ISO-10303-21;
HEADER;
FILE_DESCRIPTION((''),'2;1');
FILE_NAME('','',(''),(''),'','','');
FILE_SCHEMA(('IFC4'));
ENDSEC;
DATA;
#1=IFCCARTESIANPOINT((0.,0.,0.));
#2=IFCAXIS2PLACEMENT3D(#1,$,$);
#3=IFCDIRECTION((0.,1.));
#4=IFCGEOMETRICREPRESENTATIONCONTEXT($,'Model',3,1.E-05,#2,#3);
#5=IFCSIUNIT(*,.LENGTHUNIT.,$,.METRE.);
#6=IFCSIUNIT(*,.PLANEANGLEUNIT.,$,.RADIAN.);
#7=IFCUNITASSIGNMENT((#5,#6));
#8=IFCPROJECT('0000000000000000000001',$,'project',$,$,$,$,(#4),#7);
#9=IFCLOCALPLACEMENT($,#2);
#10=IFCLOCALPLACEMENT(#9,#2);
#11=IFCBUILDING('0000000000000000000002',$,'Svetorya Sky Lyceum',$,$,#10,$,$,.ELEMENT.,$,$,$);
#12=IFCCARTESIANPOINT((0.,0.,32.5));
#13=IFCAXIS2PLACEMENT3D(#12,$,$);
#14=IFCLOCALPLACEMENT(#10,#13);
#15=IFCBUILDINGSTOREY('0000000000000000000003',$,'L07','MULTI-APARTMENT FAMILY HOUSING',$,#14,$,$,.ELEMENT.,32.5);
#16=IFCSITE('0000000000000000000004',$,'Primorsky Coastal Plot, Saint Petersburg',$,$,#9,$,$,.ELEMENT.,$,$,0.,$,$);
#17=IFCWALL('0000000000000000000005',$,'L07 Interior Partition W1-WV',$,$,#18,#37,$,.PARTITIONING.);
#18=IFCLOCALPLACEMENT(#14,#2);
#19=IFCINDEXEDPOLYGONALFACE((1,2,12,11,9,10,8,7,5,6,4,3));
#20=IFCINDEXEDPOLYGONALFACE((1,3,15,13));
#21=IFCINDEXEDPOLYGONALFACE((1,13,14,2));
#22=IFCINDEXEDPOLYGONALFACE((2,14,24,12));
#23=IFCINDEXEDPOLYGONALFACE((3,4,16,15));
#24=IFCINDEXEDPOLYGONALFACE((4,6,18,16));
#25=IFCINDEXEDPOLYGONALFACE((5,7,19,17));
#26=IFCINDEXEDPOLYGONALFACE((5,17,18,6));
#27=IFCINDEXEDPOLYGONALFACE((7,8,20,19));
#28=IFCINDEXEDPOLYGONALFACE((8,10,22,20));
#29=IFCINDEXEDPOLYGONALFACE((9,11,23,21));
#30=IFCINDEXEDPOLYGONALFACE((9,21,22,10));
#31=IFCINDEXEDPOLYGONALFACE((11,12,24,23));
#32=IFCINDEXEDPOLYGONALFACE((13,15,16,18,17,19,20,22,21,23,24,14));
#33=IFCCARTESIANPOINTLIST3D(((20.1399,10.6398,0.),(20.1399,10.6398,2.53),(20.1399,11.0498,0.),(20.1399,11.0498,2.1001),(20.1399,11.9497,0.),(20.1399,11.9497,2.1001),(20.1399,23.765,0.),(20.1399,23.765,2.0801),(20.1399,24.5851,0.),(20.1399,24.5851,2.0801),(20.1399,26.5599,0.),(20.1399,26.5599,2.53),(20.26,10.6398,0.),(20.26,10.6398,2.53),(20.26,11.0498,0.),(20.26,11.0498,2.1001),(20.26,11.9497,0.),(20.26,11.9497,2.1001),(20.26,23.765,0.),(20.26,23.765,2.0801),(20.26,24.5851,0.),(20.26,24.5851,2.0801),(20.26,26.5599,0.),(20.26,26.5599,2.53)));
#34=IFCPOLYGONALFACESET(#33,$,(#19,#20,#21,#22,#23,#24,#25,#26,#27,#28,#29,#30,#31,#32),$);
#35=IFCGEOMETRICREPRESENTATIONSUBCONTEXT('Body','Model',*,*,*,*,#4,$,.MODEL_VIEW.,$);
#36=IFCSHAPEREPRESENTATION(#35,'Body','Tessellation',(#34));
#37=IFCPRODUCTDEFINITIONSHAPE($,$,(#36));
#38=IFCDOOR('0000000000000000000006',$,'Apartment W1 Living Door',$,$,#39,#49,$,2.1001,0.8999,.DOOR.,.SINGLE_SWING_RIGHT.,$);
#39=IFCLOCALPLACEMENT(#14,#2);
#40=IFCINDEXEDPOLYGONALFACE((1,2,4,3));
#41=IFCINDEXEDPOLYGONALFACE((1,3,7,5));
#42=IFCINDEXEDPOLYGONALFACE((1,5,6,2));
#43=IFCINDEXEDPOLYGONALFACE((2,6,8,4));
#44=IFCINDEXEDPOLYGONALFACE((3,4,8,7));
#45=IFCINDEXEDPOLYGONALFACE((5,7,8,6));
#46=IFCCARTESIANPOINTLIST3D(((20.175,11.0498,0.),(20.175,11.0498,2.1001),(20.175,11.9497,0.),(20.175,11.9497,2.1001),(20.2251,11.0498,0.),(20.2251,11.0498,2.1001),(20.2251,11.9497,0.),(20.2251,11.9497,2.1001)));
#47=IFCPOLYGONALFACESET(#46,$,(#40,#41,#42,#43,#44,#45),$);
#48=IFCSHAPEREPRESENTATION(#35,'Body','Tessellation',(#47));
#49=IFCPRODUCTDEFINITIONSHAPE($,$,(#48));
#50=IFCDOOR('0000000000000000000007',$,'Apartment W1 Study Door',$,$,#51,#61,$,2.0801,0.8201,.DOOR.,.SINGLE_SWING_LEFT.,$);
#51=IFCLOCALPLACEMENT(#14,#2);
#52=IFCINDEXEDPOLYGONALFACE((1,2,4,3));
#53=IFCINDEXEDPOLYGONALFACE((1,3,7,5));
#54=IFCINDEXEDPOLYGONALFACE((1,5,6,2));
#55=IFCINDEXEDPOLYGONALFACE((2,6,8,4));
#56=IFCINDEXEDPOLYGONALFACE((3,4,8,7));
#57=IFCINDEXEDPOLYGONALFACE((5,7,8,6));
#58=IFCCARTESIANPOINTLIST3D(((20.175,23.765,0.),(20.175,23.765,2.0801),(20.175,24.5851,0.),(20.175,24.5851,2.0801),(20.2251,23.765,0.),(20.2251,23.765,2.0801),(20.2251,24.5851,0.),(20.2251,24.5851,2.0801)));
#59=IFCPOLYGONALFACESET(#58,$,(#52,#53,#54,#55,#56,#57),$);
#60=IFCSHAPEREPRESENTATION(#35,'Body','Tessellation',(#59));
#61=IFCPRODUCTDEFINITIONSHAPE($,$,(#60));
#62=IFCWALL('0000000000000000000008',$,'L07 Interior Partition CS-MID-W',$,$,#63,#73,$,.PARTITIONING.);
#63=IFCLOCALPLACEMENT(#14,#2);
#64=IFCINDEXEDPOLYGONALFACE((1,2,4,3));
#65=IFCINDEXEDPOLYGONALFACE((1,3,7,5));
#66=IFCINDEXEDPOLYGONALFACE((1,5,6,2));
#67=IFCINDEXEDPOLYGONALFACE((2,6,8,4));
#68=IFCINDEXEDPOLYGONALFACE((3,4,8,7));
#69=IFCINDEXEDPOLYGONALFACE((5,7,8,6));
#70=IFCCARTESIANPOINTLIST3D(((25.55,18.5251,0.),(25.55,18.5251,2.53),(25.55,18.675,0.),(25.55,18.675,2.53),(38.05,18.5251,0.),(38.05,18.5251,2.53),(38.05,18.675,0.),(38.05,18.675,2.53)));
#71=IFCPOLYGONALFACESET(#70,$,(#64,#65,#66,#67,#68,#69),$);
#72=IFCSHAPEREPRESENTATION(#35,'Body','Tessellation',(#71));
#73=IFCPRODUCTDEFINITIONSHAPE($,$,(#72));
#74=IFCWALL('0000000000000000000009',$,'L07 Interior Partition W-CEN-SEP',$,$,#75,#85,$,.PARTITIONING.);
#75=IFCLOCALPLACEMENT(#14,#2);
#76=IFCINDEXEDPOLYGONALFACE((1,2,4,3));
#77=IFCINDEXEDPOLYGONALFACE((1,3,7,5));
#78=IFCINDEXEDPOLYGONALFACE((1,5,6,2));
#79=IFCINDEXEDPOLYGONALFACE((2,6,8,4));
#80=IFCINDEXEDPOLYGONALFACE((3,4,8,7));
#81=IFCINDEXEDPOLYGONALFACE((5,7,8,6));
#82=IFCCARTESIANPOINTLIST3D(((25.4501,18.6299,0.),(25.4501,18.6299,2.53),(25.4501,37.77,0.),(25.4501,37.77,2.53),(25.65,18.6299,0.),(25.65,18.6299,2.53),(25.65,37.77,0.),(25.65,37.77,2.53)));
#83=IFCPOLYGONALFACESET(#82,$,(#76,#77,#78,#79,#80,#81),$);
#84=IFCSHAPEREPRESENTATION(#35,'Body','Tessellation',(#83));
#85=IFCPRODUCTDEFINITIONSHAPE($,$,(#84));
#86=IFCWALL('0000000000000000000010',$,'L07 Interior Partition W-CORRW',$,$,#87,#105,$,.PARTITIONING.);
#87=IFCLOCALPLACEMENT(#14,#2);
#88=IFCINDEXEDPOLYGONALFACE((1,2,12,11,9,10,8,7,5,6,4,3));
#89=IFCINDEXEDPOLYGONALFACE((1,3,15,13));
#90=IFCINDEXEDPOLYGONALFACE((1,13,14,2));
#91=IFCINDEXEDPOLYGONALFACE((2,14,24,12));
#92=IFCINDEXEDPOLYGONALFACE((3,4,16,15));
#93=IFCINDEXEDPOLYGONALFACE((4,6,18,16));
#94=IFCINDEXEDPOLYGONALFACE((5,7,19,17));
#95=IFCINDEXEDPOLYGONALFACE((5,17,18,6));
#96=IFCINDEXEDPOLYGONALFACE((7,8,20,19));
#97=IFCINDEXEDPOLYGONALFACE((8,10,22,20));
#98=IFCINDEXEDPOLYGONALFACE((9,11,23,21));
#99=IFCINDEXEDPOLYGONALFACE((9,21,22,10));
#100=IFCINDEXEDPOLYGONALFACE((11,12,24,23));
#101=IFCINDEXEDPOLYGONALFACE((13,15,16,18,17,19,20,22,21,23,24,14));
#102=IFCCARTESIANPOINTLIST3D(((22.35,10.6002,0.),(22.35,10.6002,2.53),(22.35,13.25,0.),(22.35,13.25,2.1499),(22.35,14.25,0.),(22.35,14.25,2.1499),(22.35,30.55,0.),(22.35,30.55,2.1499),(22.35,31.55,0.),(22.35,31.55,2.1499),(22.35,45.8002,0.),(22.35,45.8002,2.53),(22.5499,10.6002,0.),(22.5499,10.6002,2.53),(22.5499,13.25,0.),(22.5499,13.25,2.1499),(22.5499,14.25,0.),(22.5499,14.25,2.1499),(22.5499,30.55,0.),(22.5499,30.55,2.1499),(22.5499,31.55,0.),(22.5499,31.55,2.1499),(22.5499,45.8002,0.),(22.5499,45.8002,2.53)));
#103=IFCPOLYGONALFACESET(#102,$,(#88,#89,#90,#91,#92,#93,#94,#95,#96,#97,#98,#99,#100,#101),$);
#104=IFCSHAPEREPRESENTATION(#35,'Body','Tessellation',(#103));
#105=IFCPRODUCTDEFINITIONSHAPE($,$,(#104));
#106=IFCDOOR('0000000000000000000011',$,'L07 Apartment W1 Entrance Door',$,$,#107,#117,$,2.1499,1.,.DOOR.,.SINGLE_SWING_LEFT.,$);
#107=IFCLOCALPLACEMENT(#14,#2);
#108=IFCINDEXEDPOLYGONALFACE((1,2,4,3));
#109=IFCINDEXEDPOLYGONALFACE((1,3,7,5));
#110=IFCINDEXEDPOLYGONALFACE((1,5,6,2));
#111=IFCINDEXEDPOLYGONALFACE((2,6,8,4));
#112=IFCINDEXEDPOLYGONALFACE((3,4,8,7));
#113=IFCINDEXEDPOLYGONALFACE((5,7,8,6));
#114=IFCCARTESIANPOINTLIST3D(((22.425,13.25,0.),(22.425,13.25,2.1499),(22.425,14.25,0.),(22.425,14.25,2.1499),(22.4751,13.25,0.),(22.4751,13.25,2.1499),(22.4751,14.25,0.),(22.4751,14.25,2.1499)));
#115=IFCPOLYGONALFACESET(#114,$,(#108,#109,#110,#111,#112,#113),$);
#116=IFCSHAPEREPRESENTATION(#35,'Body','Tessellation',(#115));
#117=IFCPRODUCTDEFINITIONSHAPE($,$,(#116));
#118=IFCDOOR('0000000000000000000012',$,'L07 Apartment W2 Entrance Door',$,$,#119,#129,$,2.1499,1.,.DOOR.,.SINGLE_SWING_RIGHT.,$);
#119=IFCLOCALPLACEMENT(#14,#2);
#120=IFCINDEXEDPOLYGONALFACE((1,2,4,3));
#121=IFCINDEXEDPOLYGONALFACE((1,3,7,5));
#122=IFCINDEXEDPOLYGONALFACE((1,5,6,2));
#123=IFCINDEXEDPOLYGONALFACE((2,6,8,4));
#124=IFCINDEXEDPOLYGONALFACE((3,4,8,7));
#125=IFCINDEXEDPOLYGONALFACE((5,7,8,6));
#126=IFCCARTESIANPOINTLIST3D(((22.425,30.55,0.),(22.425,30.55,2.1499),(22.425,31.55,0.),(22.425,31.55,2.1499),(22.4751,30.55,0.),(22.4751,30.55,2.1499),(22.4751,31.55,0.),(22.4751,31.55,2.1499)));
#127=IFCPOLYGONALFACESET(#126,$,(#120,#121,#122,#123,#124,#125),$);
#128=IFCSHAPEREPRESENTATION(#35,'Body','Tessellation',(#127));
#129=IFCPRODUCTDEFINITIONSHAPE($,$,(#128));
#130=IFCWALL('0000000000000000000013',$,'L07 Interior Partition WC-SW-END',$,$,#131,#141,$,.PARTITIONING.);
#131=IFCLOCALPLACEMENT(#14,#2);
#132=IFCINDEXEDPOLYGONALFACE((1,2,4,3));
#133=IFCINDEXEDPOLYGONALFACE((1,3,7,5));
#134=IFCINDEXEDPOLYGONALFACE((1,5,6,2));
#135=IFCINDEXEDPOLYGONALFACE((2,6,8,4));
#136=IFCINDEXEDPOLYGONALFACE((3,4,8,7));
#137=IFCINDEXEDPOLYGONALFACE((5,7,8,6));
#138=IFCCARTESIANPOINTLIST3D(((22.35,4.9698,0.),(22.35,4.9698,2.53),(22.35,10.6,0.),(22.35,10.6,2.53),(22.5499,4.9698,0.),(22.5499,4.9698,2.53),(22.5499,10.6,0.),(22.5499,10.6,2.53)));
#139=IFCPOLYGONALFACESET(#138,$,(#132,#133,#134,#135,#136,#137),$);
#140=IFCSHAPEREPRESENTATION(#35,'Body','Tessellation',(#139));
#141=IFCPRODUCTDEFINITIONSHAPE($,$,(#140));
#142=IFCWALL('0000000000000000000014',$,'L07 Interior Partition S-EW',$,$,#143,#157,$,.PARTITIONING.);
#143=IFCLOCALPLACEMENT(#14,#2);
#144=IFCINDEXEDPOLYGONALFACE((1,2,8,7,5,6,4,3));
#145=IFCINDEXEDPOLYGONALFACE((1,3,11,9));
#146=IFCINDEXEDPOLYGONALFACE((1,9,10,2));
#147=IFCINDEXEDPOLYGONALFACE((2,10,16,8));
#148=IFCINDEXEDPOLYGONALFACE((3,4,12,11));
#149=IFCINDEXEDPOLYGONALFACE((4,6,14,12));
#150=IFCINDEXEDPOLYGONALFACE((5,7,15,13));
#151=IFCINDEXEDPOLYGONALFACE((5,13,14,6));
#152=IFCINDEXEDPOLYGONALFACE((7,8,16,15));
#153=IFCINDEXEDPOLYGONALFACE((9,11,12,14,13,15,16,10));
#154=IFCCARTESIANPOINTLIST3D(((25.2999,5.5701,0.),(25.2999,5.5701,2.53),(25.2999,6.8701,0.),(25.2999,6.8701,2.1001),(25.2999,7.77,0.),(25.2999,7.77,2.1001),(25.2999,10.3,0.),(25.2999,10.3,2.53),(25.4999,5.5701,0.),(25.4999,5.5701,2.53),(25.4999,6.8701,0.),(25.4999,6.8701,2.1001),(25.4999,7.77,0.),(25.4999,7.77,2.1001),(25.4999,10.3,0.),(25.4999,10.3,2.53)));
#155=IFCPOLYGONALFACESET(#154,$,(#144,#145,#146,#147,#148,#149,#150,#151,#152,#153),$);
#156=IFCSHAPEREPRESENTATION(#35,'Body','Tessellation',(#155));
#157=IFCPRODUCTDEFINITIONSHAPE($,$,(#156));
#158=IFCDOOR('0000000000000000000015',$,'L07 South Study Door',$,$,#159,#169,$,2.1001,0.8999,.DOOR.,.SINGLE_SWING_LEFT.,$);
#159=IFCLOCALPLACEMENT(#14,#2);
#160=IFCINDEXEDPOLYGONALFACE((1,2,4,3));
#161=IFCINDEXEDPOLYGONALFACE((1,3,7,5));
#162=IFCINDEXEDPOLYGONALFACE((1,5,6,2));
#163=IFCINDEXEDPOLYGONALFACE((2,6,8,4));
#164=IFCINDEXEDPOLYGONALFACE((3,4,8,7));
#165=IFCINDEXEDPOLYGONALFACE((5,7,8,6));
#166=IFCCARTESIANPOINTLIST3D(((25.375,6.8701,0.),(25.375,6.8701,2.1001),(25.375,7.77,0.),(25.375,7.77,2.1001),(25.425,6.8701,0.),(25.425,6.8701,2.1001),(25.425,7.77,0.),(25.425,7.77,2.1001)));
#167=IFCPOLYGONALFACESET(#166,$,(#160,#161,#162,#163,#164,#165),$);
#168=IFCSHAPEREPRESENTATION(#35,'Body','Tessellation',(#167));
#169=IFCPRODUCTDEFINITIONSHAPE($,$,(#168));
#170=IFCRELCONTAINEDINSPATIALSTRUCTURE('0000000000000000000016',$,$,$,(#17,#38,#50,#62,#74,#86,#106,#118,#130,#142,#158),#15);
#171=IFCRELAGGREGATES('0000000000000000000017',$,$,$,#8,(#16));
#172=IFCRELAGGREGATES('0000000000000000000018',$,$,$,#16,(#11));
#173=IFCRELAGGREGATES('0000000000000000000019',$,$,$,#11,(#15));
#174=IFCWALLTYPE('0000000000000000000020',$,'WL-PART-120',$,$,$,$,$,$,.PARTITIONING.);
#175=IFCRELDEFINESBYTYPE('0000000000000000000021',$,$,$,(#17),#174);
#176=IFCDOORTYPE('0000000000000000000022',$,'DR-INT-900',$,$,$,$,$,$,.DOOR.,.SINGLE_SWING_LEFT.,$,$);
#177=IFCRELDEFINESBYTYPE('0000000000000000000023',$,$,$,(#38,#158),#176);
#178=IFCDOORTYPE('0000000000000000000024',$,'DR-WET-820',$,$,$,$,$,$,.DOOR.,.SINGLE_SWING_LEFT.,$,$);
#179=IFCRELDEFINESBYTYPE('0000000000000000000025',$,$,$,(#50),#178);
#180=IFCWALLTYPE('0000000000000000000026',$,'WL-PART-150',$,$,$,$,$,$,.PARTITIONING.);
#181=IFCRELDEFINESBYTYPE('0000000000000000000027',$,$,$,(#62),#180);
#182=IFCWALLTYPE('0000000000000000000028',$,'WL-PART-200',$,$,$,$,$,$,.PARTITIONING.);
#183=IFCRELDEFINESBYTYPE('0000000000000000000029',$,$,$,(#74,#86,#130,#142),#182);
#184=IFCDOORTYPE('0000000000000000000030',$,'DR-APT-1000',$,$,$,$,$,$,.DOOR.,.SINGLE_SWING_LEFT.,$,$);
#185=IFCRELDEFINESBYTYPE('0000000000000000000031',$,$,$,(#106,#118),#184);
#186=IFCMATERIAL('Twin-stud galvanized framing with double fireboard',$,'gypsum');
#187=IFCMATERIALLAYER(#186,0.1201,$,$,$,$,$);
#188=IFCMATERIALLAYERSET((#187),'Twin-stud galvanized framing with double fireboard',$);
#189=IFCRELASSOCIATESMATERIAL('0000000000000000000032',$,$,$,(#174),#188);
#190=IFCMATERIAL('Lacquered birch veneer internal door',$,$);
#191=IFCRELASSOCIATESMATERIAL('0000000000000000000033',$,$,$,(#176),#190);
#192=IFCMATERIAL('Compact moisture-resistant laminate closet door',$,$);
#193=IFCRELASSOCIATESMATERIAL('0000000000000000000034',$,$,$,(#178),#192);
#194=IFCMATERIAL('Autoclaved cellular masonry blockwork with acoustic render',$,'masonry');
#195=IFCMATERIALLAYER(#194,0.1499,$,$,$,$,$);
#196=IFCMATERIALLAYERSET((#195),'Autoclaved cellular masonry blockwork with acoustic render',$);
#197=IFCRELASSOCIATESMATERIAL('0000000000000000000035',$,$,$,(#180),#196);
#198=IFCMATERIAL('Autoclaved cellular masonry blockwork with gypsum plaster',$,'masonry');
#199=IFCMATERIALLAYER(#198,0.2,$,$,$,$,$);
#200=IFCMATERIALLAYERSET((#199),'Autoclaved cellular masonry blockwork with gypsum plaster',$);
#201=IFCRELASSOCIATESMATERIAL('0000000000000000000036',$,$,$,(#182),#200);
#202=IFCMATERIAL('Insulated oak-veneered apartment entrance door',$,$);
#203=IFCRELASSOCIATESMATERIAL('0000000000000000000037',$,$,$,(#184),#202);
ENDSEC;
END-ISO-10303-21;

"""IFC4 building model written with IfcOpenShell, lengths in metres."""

from ifc_helpers import new_model, si_unit, direction, frame, frame_2d, origin, place, context, subcontext, project, spatial, rectangle, extrude, material, layer, layer_set, type_object, element, fill, save


model = new_model("IFC4")

# Units and contexts
model_context = context("Model", 3, precision=1e-05, world=origin(), true_north=direction((0.0, 1.0)))
body_context = subcontext(model_context, "Body", "Model", "MODEL_VIEW")
ifc_project = project(units=[si_unit("LENGTHUNIT", "METRE"), si_unit("PLANEANGLEUNIT", "RADIAN")], contexts=[model_context])

# Site, building, storey
site_placement = place(None, origin())
site = spatial("IfcSite", under=ifc_project, at=site_placement, Name="Primorsky Coastal Plot, Saint Petersburg", CompositionType="ELEMENT", RefElevation=0.0)
building_placement = place(site_placement, origin())
building = spatial("IfcBuilding", under=site, at=building_placement, Name="Svetorya Sky Lyceum", CompositionType="ELEMENT")
storey_placement = place(building_placement, frame((0.0, 0.0, 32.5)))
storey = spatial("IfcBuildingStorey", under=building, at=storey_placement, Name="L07", Description="MULTI-APARTMENT FAMILY HOUSING", CompositionType="ELEMENT", Elevation=32.5)

# Shared definitions
ifc_material_1 = material(Name="Twin-stud galvanized framing with double fireboard", Category="gypsum")
ifc_layer_1 = layer(ifc_material_1, 0.1201)
ifc_layer_set_1 = layer_set([ifc_layer_1], Name="Twin-stud galvanized framing with double fireboard")
wall_type_1 = type_object("IfcWallType", Name="WL-PART-120", PredefinedType="PARTITIONING", material=ifc_layer_set_1)

# Wall, openings, doors
wall_1_placement = place(storey_placement, frame((20.2, 10.6399, 0.0), z_axis=(0.0, 0.0, 1.0), x_axis=(0.0, 1.0, 0.0)))
wall_1 = element("IfcWall", 1, at=wall_1_placement, inside=storey, type_object=wall_type_1, Name="L07 Interior Partition W1-WV", PredefinedType="PARTITIONING", context=body_context, shape_type="SweptSolid", body=[
    extrude(rectangle(XDim=15.9202, YDim=0.1201, at=frame_2d((7.96, 0.0))), origin(), (0.0, 0.0, 1.0), 2.53),
])
opening_1_placement = place(wall_1_placement, frame((0.4099, 0.0, 0.0)))
opening_1 = element("IfcOpeningElement", 2, at=opening_1_placement, cuts=wall_1, PredefinedType="OPENING", context=body_context, shape_type="SweptSolid", body=[
    extrude(rectangle(XDim=0.8999, YDim=2.1001, at=frame_2d((0.45, 1.05))), frame((0.0, 0.0701, 0.0), z_axis=(0.0, -1.0, 0.0), x_axis=(1.0, 0.0, 0.0)), (0.0, 0.0, 1.0), 0.1401),
])
opening_2_placement = place(wall_1_placement, frame((13.125, 0.0, 0.0)))
opening_2 = element("IfcOpeningElement", 3, at=opening_2_placement, cuts=wall_1, PredefinedType="OPENING", context=body_context, shape_type="SweptSolid", body=[
    extrude(rectangle(XDim=0.8201, YDim=2.0801, at=frame_2d((0.4102, 1.04))), frame((0.0, 0.0701, 0.0), z_axis=(0.0, -1.0, 0.0), x_axis=(1.0, 0.0, 0.0)), (0.0, 0.0, 1.0), 0.1401),
])
ifc_material_2 = material(Name="Lacquered birch veneer internal door")
door_type_1 = type_object("IfcDoorType", Name="DR-INT-900", OperationType="SINGLE_SWING_LEFT", PredefinedType="DOOR", material=ifc_material_2)
door_1_placement = place(opening_1_placement, origin())
door_1 = element("IfcDoor", 4, at=door_1_placement, inside=storey, type_object=door_type_1, Name="Apartment W1 Living Door", OperationType="SINGLE_SWING_RIGHT", OverallHeight=2.1001, OverallWidth=0.8999, PredefinedType="DOOR", context=body_context, shape_type="SweptSolid", body=[
    extrude(rectangle(XDim=0.8999, YDim=2.1001, at=frame_2d((0.45, 1.05))), frame((0.0, 0.0249, 0.0), z_axis=(0.0, -1.0, 0.0), x_axis=(1.0, 0.0, 0.0)), (0.0, 0.0, 1.0), 0.05),
])
fill(opening_1, door_1)
ifc_material_3 = material(Name="Compact moisture-resistant laminate closet door")
door_type_2 = type_object("IfcDoorType", Name="DR-WET-820", OperationType="SINGLE_SWING_LEFT", PredefinedType="DOOR", material=ifc_material_3)
door_2_placement = place(opening_2_placement, origin())
door_2 = element("IfcDoor", 5, at=door_2_placement, inside=storey, type_object=door_type_2, Name="Apartment W1 Study Door", OperationType="SINGLE_SWING_LEFT", OverallHeight=2.0801, OverallWidth=0.8201, PredefinedType="DOOR", context=body_context, shape_type="SweptSolid", body=[
    extrude(rectangle(XDim=0.8201, YDim=2.0801, at=frame_2d((0.4102, 1.04))), frame((0.0, 0.0249, 0.0), z_axis=(0.0, -1.0, 0.0), x_axis=(1.0, 0.0, 0.0)), (0.0, 0.0, 1.0), 0.05),
])
fill(opening_2, door_2)

# Walls
ifc_material_4 = material(Name="Autoclaved cellular masonry blockwork with acoustic render", Category="masonry")
ifc_layer_2 = layer(ifc_material_4, 0.1499)
ifc_layer_set_2 = layer_set([ifc_layer_2], Name="Autoclaved cellular masonry blockwork with acoustic render")
wall_type_2 = type_object("IfcWallType", Name="WL-PART-150", PredefinedType="PARTITIONING", material=ifc_layer_set_2)
wall_2_placement = place(storey_placement, frame((25.55, 18.6001, 0.0), z_axis=(0.0, 0.0, 1.0), x_axis=(1.0, 0.0, 0.0)))
element("IfcWall", 6, at=wall_2_placement, inside=storey, type_object=wall_type_2, Name="L07 Interior Partition CS-MID-W", PredefinedType="PARTITIONING", context=body_context, shape_type="SweptSolid", body=[
    extrude(rectangle(XDim=12.5, YDim=0.1499, at=frame_2d((6.25, 0.0))), origin(), (0.0, 0.0, 1.0), 2.53),
])
ifc_material_5 = material(Name="Autoclaved cellular masonry blockwork with gypsum plaster", Category="masonry")
ifc_layer_3 = layer(ifc_material_5, 0.2)
ifc_layer_set_3 = layer_set([ifc_layer_3], Name="Autoclaved cellular masonry blockwork with gypsum plaster")
wall_type_3 = type_object("IfcWallType", Name="WL-PART-200", PredefinedType="PARTITIONING", material=ifc_layer_set_3)
wall_3_placement = place(storey_placement, frame((25.55, 18.6299, 0.0), z_axis=(0.0, 0.0, 1.0), x_axis=(0.0, 1.0, 0.0)))
element("IfcWall", 7, at=wall_3_placement, inside=storey, type_object=wall_type_3, Name="L07 Interior Partition W-CEN-SEP", PredefinedType="PARTITIONING", context=body_context, shape_type="SweptSolid", body=[
    extrude(rectangle(XDim=19.1401, YDim=0.2, at=frame_2d((9.5701, 0.0))), origin(), (0.0, 0.0, 1.0), 2.53),
])

# Wall, openings, doors
wall_4_placement = place(storey_placement, frame((22.45, 10.6001, 0.0), z_axis=(0.0, 0.0, 1.0), x_axis=(0.0, 1.0, 0.0)))
wall_4 = element("IfcWall", 8, at=wall_4_placement, inside=storey, type_object=wall_type_3, Name="L07 Interior Partition W-CORRW", PredefinedType="PARTITIONING", context=body_context, shape_type="SweptSolid", body=[
    extrude(rectangle(XDim=35.2, YDim=0.2, at=frame_2d((17.6001, 0.0))), origin(), (0.0, 0.0, 1.0), 2.53),
])
opening_3_placement = place(wall_4_placement, frame((2.6499, 0.0, 0.0)))
opening_3 = element("IfcOpeningElement", 9, at=opening_3_placement, cuts=wall_4, PredefinedType="OPENING", context=body_context, shape_type="SweptSolid", body=[
    extrude(rectangle(XDim=1.0, YDim=2.1499, at=frame_2d((0.5, 1.075))), frame((0.0, 0.1099, 0.0), z_axis=(0.0, -1.0, 0.0), x_axis=(1.0, 0.0, 0.0)), (0.0, 0.0, 1.0), 0.22),
])
opening_4_placement = place(wall_4_placement, frame((19.95, 0.0, 0.0)))
opening_4 = element("IfcOpeningElement", 10, at=opening_4_placement, cuts=wall_4, PredefinedType="OPENING", context=body_context, shape_type="SweptSolid", body=[
    extrude(rectangle(XDim=1.0, YDim=2.1499, at=frame_2d((0.5, 1.075))), frame((0.0, 0.1099, 0.0), z_axis=(0.0, -1.0, 0.0), x_axis=(1.0, 0.0, 0.0)), (0.0, 0.0, 1.0), 0.22),
])
ifc_material_6 = material(Name="Insulated oak-veneered apartment entrance door")
door_type_3 = type_object("IfcDoorType", Name="DR-APT-1000", OperationType="SINGLE_SWING_LEFT", PredefinedType="DOOR", material=ifc_material_6)
door_3_placement = place(opening_3_placement, origin())
door_3 = element("IfcDoor", 11, at=door_3_placement, inside=storey, type_object=door_type_3, Name="L07 Apartment W1 Entrance Door", OperationType="SINGLE_SWING_LEFT", OverallHeight=2.1499, OverallWidth=1.0, PredefinedType="DOOR", context=body_context, shape_type="SweptSolid", body=[
    extrude(rectangle(XDim=1.0, YDim=2.1499, at=frame_2d((0.5, 1.075))), frame((0.0, 0.0249, 0.0), z_axis=(0.0, -1.0, 0.0), x_axis=(1.0, 0.0, 0.0)), (0.0, 0.0, 1.0), 0.05),
])
fill(opening_3, door_3)
door_4_placement = place(opening_4_placement, origin())
door_4 = element("IfcDoor", 12, at=door_4_placement, inside=storey, type_object=door_type_3, Name="L07 Apartment W2 Entrance Door", OperationType="SINGLE_SWING_RIGHT", OverallHeight=2.1499, OverallWidth=1.0, PredefinedType="DOOR", context=body_context, shape_type="SweptSolid", body=[
    extrude(rectangle(XDim=1.0, YDim=2.1499, at=frame_2d((0.5, 1.075))), frame((0.0, 0.0249, 0.0), z_axis=(0.0, -1.0, 0.0), x_axis=(1.0, 0.0, 0.0)), (0.0, 0.0, 1.0), 0.05),
])
fill(opening_4, door_4)

# Wall
wall_5_placement = place(storey_placement, frame((22.45, 4.97, 0.0), z_axis=(0.0, 0.0, 1.0), x_axis=(0.0, 1.0, 0.0)))
element("IfcWall", 13, at=wall_5_placement, inside=storey, type_object=wall_type_3, Name="L07 Interior Partition WC-SW-END", PredefinedType="PARTITIONING", context=body_context, shape_type="SweptSolid", body=[
    extrude(rectangle(XDim=5.6301, YDim=0.2, at=frame_2d((2.8149, 0.0))), origin(), (0.0, 0.0, 1.0), 2.53),
])

# Wall, opening, door
wall_6_placement = place(storey_placement, frame((25.3999, 5.5701, 0.0), z_axis=(0.0, 0.0, 1.0), x_axis=(0.0, 1.0, 0.0)))
wall_6 = element("IfcWall", 14, at=wall_6_placement, inside=storey, type_object=wall_type_3, Name="L07 Interior Partition S-EW", PredefinedType="PARTITIONING", context=body_context, shape_type="SweptSolid", body=[
    extrude(rectangle(XDim=4.73, YDim=0.2, at=frame_2d((2.365, 0.0))), origin(), (0.0, 0.0, 1.0), 2.53),
])
opening_5_placement = place(wall_6_placement, frame((1.3, 0.0, 0.0)))
opening_5 = element("IfcOpeningElement", 15, at=opening_5_placement, cuts=wall_6, PredefinedType="OPENING", context=body_context, shape_type="SweptSolid", body=[
    extrude(rectangle(XDim=0.8999, YDim=2.1001, at=frame_2d((0.45, 1.05))), frame((0.0, 0.1099, 0.0), z_axis=(0.0, -1.0, 0.0), x_axis=(1.0, 0.0, 0.0)), (0.0, 0.0, 1.0), 0.22),
])
door_5_placement = place(opening_5_placement, origin())
door_5 = element("IfcDoor", 16, at=door_5_placement, inside=storey, type_object=door_type_1, Name="L07 South Study Door", OperationType="SINGLE_SWING_LEFT", OverallHeight=2.1001, OverallWidth=0.8999, PredefinedType="DOOR", context=body_context, shape_type="SweptSolid", body=[
    extrude(rectangle(XDim=0.8999, YDim=2.1001, at=frame_2d((0.45, 1.05))), frame((0.0, 0.0249, 0.0), z_axis=(0.0, -1.0, 0.0), x_axis=(1.0, 0.0, 0.0)), (0.0, 0.0, 1.0), 0.05),
])
fill(opening_5, door_5)

save(model, "model.ifc")
